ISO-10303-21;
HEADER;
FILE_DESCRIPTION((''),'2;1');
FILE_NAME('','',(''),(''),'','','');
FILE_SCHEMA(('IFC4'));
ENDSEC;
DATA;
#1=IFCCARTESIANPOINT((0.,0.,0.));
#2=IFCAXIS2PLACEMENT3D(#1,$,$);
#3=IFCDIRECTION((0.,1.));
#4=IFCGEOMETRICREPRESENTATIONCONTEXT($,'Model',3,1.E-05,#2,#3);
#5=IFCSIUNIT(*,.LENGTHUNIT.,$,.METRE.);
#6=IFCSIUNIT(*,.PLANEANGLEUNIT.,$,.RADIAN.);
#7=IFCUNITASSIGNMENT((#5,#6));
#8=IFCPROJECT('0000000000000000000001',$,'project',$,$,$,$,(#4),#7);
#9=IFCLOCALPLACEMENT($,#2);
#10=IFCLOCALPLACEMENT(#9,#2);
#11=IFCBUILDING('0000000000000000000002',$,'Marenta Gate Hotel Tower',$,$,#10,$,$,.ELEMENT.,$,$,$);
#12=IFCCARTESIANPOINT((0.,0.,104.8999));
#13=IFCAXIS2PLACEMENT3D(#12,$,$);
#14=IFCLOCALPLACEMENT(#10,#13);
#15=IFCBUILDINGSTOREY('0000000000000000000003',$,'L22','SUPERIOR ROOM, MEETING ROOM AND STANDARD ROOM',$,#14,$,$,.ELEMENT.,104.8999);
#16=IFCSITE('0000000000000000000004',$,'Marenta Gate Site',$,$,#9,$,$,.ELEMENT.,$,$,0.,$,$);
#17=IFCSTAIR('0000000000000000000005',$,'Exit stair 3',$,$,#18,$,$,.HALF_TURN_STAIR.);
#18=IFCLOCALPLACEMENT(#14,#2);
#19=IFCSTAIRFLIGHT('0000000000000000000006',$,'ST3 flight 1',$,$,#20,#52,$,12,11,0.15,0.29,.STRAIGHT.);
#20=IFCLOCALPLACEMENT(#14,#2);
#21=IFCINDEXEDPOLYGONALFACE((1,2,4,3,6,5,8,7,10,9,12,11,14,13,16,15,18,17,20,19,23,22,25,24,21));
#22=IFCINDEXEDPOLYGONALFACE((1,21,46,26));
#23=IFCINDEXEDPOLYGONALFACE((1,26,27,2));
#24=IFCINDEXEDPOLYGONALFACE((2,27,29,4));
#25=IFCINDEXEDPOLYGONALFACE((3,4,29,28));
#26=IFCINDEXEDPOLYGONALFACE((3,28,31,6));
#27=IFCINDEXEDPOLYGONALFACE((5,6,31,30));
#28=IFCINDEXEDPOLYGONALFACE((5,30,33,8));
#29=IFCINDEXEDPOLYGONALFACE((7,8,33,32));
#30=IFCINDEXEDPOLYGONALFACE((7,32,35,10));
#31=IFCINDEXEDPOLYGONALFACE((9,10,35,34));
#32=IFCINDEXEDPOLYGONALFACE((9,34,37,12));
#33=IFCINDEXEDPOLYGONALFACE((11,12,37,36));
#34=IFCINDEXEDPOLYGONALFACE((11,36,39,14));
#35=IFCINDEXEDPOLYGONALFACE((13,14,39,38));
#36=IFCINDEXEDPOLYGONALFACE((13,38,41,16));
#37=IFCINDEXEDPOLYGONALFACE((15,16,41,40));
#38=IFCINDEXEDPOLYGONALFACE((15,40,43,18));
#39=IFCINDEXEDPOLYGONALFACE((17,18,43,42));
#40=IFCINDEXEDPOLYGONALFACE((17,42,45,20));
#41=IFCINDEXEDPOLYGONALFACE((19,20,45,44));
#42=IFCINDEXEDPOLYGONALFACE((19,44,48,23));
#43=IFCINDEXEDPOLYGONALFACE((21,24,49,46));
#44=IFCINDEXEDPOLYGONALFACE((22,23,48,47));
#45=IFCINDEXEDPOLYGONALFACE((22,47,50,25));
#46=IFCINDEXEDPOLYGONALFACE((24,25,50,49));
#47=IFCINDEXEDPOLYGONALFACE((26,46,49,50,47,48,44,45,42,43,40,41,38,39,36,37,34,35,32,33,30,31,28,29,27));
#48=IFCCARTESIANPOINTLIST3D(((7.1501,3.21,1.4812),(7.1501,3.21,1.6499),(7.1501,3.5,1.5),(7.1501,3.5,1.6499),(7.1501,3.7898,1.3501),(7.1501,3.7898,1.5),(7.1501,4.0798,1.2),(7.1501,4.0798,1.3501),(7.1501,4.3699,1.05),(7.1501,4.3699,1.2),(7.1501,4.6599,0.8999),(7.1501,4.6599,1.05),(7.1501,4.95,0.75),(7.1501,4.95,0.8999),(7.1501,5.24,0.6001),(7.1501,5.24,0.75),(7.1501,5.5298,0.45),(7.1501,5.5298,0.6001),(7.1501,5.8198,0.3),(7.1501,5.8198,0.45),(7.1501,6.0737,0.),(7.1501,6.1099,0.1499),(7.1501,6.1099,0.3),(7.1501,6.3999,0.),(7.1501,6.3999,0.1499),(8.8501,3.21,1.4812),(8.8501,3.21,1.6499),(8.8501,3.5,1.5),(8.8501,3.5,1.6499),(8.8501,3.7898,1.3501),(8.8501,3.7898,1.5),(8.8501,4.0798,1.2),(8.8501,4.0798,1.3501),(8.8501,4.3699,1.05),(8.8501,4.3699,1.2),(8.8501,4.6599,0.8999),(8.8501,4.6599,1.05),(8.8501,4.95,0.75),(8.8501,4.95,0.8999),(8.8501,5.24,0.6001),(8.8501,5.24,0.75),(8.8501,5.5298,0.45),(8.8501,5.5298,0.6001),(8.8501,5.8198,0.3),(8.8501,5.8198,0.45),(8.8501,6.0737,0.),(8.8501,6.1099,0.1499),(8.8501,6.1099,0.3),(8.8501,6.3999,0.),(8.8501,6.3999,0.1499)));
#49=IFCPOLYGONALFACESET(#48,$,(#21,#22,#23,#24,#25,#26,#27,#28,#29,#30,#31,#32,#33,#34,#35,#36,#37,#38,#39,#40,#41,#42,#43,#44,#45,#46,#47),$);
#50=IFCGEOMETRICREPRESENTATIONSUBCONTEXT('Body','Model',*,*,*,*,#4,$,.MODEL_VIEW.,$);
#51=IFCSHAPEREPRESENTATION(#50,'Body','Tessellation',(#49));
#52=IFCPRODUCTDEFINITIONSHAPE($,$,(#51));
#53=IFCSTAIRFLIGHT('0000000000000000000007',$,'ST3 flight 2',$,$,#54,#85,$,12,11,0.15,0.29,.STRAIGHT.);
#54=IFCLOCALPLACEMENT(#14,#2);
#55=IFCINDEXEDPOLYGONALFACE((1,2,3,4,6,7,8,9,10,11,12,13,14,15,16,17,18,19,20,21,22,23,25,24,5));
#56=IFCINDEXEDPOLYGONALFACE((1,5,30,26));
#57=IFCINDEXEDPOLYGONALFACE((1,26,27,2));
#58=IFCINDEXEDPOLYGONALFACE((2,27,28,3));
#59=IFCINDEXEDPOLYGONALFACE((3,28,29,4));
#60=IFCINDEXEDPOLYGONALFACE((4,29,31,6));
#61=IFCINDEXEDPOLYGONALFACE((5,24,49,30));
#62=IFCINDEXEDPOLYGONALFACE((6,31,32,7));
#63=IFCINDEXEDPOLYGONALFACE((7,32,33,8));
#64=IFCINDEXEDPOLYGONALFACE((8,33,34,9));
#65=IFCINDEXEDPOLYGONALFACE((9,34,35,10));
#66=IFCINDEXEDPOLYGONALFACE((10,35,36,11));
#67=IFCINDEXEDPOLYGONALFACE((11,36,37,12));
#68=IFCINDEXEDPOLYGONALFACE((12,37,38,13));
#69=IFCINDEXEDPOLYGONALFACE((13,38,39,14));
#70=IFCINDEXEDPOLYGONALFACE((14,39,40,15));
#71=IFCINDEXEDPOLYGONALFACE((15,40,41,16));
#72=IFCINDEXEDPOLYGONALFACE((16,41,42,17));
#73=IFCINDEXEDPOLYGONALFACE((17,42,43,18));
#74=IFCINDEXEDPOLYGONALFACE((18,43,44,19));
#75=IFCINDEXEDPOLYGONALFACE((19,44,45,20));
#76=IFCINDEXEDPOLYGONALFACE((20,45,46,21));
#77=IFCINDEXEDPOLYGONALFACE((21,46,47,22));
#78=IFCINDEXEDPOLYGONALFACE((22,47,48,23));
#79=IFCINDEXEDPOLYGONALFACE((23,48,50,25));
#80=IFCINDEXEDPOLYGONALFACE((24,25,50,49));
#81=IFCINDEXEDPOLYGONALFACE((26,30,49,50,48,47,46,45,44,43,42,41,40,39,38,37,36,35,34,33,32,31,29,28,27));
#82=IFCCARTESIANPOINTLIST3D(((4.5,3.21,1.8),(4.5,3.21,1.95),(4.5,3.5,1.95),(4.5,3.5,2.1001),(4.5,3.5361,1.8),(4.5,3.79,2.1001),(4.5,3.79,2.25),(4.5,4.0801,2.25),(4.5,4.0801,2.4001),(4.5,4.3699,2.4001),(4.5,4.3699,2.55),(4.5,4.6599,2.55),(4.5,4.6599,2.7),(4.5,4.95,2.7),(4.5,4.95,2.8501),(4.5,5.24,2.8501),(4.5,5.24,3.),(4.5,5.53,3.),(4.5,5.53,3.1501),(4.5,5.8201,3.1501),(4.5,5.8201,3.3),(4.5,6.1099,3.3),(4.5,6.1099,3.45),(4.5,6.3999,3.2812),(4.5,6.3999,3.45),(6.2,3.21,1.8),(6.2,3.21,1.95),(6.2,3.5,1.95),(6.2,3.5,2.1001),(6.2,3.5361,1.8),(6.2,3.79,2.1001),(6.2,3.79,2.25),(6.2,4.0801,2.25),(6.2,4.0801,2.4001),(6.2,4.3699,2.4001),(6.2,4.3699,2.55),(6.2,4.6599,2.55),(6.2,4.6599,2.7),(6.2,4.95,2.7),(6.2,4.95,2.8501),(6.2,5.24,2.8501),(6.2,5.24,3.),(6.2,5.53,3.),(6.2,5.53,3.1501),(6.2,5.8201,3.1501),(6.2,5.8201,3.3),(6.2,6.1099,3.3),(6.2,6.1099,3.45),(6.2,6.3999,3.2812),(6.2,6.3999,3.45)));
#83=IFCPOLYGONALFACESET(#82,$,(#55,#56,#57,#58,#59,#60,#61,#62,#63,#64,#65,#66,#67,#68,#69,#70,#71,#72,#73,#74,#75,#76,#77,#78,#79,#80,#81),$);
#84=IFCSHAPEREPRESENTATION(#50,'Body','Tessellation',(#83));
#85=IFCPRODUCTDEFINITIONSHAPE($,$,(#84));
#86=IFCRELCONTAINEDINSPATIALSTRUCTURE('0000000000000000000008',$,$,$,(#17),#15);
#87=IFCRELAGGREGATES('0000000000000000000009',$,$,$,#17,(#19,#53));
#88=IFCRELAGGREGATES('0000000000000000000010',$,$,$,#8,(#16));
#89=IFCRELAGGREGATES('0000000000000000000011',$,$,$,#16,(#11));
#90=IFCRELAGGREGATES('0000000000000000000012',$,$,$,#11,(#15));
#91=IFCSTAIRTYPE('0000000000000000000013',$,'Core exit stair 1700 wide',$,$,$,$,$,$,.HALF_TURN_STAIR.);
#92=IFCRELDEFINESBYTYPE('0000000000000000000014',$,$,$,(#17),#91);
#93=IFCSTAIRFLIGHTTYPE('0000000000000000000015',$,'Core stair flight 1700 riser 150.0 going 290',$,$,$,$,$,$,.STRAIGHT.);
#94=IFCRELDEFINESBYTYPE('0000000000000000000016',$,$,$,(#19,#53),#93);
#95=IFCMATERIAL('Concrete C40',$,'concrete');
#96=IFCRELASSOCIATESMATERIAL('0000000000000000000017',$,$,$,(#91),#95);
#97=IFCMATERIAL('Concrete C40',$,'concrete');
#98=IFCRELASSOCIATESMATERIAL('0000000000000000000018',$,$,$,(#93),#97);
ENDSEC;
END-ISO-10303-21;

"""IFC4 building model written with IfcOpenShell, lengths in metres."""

from ifc_helpers import new_model, si_unit, direction, frame, origin, place, context, subcontext, project, spatial, polyline, outline, extrude, material, type_object, element, aggregate, save


model = new_model("IFC4")

# Units and contexts
model_context = context("Model", 3, precision=1e-05, world=origin(), true_north=direction((0.0, 1.0)))
body_context = subcontext(model_context, "Body", "Model", "MODEL_VIEW")
ifc_project = project(units=[si_unit("LENGTHUNIT", "METRE"), si_unit("PLANEANGLEUNIT", "RADIAN")], contexts=[model_context])

# Site, building, storey
site_placement = place(None, origin())
site = spatial("IfcSite", under=ifc_project, at=site_placement, Name="Marenta Gate Site", CompositionType="ELEMENT", RefElevation=0.0)
building_placement = place(site_placement, origin())
building = spatial("IfcBuilding", under=site, at=building_placement, Name="Marenta Gate Hotel Tower", CompositionType="ELEMENT")
storey_placement = place(building_placement, frame((0.0, 0.0, 104.8999)))
storey = spatial("IfcBuildingStorey", under=building, at=storey_placement, Name="L22", Description="SUPERIOR ROOM, MEETING ROOM AND STANDARD ROOM", CompositionType="ELEMENT", Elevation=104.8999)

# Stair, stair flights
ifc_material_1 = material(Name="Concrete C40", Category="concrete")
stair_type_1 = type_object("IfcStairType", Name="Core exit stair 1700 wide", PredefinedType="HALF_TURN_STAIR", material=ifc_material_1)
stair_1_placement = place(storey_placement, origin())
stair_1 = element("IfcStair", 1, at=stair_1_placement, inside=storey, type_object=stair_type_1, Name="Exit stair 3", PredefinedType="HALF_TURN_STAIR")
ifc_material_2 = material(Name="Concrete C40", Category="concrete")
stair_flight_type = type_object("IfcStairFlightType", Name="Core stair flight 1700 riser 150.0 going 290", PredefinedType="STRAIGHT", material=ifc_material_2)
stair_flight_1_placement = place(storey_placement, frame((8.0, 6.3999, 0.0), z_axis=(0.0, 0.0, 1.0), x_axis=(0.0, -1.0, 0.0)))
stair_flight_1 = element("IfcStairFlight", 2, at=stair_flight_1_placement, type_object=stair_flight_type, Name="ST3 flight 1", NumberOfRisers=12, NumberOfTreads=11, PredefinedType="STRAIGHT", RiserHeight=0.15, TreadLength=0.29, context=body_context, shape_type="SweptSolid", body=[
    extrude(outline(polyline([(0.0, 0.0), (0.0, 0.1499), (0.29, 0.1499), (0.29, 0.3), (0.5801, 0.3), (0.5801, 0.45), (0.8701, 0.45), (0.8701, 0.6001), (1.1599, 0.6001), (1.1599, 0.75), (1.45, 0.75), (1.45, 0.8999), (1.74, 0.8999), (1.74, 1.05), (2.03, 1.05), (2.03, 1.2), (2.3201, 1.2), (2.3201, 1.3501), (2.6101, 1.3501), (2.6101, 1.5), (2.8999, 1.5), (2.8999, 1.6499), (3.1899, 1.6499), (3.1899, 1.8), (3.1899, 1.4812), (0.3262, 0.0), (0.0, 0.0)])), frame((0.0, 0.8501, 0.0), z_axis=(0.0, -1.0, 0.0), x_axis=(1.0, 0.0, 0.0)), (0.0, 0.0, 1.0), 1.7),
])
stair_flight_2_placement = place(storey_placement, frame((5.3501, 3.21, 1.8), z_axis=(0.0, 0.0, 1.0), x_axis=(0.0, 1.0, 0.0)))
stair_flight_2 = element("IfcStairFlight", 3, at=stair_flight_2_placement, type_object=stair_flight_type, Name="ST3 flight 2", NumberOfRisers=12, NumberOfTreads=11, PredefinedType="STRAIGHT", RiserHeight=0.15, TreadLength=0.29, context=body_context, shape_type="SweptSolid", body=[
    extrude(outline(polyline([(0.0, 0.0), (0.0, 0.1499), (0.29, 0.1499), (0.29, 0.3), (0.5801, 0.3), (0.5801, 0.45), (0.8701, 0.45), (0.8701, 0.6001), (1.1599, 0.6001), (1.1599, 0.75), (1.45, 0.75), (1.45, 0.8999), (1.74, 0.8999), (1.74, 1.05), (2.03, 1.05), (2.03, 1.2), (2.3201, 1.2), (2.3201, 1.3501), (2.6101, 1.3501), (2.6101, 1.5), (2.8999, 1.5), (2.8999, 1.6499), (3.1899, 1.6499), (3.1899, 1.8), (3.1899, 1.4812), (0.3262, 0.0), (0.0, 0.0)])), frame((0.0, 0.8501, 0.0), z_axis=(0.0, -1.0, 0.0), x_axis=(1.0, 0.0, 0.0)), (0.0, 0.0, 1.0), 1.7),
])
aggregate(stair_1, [stair_flight_1, stair_flight_2])

save(model, "model.ifc")
